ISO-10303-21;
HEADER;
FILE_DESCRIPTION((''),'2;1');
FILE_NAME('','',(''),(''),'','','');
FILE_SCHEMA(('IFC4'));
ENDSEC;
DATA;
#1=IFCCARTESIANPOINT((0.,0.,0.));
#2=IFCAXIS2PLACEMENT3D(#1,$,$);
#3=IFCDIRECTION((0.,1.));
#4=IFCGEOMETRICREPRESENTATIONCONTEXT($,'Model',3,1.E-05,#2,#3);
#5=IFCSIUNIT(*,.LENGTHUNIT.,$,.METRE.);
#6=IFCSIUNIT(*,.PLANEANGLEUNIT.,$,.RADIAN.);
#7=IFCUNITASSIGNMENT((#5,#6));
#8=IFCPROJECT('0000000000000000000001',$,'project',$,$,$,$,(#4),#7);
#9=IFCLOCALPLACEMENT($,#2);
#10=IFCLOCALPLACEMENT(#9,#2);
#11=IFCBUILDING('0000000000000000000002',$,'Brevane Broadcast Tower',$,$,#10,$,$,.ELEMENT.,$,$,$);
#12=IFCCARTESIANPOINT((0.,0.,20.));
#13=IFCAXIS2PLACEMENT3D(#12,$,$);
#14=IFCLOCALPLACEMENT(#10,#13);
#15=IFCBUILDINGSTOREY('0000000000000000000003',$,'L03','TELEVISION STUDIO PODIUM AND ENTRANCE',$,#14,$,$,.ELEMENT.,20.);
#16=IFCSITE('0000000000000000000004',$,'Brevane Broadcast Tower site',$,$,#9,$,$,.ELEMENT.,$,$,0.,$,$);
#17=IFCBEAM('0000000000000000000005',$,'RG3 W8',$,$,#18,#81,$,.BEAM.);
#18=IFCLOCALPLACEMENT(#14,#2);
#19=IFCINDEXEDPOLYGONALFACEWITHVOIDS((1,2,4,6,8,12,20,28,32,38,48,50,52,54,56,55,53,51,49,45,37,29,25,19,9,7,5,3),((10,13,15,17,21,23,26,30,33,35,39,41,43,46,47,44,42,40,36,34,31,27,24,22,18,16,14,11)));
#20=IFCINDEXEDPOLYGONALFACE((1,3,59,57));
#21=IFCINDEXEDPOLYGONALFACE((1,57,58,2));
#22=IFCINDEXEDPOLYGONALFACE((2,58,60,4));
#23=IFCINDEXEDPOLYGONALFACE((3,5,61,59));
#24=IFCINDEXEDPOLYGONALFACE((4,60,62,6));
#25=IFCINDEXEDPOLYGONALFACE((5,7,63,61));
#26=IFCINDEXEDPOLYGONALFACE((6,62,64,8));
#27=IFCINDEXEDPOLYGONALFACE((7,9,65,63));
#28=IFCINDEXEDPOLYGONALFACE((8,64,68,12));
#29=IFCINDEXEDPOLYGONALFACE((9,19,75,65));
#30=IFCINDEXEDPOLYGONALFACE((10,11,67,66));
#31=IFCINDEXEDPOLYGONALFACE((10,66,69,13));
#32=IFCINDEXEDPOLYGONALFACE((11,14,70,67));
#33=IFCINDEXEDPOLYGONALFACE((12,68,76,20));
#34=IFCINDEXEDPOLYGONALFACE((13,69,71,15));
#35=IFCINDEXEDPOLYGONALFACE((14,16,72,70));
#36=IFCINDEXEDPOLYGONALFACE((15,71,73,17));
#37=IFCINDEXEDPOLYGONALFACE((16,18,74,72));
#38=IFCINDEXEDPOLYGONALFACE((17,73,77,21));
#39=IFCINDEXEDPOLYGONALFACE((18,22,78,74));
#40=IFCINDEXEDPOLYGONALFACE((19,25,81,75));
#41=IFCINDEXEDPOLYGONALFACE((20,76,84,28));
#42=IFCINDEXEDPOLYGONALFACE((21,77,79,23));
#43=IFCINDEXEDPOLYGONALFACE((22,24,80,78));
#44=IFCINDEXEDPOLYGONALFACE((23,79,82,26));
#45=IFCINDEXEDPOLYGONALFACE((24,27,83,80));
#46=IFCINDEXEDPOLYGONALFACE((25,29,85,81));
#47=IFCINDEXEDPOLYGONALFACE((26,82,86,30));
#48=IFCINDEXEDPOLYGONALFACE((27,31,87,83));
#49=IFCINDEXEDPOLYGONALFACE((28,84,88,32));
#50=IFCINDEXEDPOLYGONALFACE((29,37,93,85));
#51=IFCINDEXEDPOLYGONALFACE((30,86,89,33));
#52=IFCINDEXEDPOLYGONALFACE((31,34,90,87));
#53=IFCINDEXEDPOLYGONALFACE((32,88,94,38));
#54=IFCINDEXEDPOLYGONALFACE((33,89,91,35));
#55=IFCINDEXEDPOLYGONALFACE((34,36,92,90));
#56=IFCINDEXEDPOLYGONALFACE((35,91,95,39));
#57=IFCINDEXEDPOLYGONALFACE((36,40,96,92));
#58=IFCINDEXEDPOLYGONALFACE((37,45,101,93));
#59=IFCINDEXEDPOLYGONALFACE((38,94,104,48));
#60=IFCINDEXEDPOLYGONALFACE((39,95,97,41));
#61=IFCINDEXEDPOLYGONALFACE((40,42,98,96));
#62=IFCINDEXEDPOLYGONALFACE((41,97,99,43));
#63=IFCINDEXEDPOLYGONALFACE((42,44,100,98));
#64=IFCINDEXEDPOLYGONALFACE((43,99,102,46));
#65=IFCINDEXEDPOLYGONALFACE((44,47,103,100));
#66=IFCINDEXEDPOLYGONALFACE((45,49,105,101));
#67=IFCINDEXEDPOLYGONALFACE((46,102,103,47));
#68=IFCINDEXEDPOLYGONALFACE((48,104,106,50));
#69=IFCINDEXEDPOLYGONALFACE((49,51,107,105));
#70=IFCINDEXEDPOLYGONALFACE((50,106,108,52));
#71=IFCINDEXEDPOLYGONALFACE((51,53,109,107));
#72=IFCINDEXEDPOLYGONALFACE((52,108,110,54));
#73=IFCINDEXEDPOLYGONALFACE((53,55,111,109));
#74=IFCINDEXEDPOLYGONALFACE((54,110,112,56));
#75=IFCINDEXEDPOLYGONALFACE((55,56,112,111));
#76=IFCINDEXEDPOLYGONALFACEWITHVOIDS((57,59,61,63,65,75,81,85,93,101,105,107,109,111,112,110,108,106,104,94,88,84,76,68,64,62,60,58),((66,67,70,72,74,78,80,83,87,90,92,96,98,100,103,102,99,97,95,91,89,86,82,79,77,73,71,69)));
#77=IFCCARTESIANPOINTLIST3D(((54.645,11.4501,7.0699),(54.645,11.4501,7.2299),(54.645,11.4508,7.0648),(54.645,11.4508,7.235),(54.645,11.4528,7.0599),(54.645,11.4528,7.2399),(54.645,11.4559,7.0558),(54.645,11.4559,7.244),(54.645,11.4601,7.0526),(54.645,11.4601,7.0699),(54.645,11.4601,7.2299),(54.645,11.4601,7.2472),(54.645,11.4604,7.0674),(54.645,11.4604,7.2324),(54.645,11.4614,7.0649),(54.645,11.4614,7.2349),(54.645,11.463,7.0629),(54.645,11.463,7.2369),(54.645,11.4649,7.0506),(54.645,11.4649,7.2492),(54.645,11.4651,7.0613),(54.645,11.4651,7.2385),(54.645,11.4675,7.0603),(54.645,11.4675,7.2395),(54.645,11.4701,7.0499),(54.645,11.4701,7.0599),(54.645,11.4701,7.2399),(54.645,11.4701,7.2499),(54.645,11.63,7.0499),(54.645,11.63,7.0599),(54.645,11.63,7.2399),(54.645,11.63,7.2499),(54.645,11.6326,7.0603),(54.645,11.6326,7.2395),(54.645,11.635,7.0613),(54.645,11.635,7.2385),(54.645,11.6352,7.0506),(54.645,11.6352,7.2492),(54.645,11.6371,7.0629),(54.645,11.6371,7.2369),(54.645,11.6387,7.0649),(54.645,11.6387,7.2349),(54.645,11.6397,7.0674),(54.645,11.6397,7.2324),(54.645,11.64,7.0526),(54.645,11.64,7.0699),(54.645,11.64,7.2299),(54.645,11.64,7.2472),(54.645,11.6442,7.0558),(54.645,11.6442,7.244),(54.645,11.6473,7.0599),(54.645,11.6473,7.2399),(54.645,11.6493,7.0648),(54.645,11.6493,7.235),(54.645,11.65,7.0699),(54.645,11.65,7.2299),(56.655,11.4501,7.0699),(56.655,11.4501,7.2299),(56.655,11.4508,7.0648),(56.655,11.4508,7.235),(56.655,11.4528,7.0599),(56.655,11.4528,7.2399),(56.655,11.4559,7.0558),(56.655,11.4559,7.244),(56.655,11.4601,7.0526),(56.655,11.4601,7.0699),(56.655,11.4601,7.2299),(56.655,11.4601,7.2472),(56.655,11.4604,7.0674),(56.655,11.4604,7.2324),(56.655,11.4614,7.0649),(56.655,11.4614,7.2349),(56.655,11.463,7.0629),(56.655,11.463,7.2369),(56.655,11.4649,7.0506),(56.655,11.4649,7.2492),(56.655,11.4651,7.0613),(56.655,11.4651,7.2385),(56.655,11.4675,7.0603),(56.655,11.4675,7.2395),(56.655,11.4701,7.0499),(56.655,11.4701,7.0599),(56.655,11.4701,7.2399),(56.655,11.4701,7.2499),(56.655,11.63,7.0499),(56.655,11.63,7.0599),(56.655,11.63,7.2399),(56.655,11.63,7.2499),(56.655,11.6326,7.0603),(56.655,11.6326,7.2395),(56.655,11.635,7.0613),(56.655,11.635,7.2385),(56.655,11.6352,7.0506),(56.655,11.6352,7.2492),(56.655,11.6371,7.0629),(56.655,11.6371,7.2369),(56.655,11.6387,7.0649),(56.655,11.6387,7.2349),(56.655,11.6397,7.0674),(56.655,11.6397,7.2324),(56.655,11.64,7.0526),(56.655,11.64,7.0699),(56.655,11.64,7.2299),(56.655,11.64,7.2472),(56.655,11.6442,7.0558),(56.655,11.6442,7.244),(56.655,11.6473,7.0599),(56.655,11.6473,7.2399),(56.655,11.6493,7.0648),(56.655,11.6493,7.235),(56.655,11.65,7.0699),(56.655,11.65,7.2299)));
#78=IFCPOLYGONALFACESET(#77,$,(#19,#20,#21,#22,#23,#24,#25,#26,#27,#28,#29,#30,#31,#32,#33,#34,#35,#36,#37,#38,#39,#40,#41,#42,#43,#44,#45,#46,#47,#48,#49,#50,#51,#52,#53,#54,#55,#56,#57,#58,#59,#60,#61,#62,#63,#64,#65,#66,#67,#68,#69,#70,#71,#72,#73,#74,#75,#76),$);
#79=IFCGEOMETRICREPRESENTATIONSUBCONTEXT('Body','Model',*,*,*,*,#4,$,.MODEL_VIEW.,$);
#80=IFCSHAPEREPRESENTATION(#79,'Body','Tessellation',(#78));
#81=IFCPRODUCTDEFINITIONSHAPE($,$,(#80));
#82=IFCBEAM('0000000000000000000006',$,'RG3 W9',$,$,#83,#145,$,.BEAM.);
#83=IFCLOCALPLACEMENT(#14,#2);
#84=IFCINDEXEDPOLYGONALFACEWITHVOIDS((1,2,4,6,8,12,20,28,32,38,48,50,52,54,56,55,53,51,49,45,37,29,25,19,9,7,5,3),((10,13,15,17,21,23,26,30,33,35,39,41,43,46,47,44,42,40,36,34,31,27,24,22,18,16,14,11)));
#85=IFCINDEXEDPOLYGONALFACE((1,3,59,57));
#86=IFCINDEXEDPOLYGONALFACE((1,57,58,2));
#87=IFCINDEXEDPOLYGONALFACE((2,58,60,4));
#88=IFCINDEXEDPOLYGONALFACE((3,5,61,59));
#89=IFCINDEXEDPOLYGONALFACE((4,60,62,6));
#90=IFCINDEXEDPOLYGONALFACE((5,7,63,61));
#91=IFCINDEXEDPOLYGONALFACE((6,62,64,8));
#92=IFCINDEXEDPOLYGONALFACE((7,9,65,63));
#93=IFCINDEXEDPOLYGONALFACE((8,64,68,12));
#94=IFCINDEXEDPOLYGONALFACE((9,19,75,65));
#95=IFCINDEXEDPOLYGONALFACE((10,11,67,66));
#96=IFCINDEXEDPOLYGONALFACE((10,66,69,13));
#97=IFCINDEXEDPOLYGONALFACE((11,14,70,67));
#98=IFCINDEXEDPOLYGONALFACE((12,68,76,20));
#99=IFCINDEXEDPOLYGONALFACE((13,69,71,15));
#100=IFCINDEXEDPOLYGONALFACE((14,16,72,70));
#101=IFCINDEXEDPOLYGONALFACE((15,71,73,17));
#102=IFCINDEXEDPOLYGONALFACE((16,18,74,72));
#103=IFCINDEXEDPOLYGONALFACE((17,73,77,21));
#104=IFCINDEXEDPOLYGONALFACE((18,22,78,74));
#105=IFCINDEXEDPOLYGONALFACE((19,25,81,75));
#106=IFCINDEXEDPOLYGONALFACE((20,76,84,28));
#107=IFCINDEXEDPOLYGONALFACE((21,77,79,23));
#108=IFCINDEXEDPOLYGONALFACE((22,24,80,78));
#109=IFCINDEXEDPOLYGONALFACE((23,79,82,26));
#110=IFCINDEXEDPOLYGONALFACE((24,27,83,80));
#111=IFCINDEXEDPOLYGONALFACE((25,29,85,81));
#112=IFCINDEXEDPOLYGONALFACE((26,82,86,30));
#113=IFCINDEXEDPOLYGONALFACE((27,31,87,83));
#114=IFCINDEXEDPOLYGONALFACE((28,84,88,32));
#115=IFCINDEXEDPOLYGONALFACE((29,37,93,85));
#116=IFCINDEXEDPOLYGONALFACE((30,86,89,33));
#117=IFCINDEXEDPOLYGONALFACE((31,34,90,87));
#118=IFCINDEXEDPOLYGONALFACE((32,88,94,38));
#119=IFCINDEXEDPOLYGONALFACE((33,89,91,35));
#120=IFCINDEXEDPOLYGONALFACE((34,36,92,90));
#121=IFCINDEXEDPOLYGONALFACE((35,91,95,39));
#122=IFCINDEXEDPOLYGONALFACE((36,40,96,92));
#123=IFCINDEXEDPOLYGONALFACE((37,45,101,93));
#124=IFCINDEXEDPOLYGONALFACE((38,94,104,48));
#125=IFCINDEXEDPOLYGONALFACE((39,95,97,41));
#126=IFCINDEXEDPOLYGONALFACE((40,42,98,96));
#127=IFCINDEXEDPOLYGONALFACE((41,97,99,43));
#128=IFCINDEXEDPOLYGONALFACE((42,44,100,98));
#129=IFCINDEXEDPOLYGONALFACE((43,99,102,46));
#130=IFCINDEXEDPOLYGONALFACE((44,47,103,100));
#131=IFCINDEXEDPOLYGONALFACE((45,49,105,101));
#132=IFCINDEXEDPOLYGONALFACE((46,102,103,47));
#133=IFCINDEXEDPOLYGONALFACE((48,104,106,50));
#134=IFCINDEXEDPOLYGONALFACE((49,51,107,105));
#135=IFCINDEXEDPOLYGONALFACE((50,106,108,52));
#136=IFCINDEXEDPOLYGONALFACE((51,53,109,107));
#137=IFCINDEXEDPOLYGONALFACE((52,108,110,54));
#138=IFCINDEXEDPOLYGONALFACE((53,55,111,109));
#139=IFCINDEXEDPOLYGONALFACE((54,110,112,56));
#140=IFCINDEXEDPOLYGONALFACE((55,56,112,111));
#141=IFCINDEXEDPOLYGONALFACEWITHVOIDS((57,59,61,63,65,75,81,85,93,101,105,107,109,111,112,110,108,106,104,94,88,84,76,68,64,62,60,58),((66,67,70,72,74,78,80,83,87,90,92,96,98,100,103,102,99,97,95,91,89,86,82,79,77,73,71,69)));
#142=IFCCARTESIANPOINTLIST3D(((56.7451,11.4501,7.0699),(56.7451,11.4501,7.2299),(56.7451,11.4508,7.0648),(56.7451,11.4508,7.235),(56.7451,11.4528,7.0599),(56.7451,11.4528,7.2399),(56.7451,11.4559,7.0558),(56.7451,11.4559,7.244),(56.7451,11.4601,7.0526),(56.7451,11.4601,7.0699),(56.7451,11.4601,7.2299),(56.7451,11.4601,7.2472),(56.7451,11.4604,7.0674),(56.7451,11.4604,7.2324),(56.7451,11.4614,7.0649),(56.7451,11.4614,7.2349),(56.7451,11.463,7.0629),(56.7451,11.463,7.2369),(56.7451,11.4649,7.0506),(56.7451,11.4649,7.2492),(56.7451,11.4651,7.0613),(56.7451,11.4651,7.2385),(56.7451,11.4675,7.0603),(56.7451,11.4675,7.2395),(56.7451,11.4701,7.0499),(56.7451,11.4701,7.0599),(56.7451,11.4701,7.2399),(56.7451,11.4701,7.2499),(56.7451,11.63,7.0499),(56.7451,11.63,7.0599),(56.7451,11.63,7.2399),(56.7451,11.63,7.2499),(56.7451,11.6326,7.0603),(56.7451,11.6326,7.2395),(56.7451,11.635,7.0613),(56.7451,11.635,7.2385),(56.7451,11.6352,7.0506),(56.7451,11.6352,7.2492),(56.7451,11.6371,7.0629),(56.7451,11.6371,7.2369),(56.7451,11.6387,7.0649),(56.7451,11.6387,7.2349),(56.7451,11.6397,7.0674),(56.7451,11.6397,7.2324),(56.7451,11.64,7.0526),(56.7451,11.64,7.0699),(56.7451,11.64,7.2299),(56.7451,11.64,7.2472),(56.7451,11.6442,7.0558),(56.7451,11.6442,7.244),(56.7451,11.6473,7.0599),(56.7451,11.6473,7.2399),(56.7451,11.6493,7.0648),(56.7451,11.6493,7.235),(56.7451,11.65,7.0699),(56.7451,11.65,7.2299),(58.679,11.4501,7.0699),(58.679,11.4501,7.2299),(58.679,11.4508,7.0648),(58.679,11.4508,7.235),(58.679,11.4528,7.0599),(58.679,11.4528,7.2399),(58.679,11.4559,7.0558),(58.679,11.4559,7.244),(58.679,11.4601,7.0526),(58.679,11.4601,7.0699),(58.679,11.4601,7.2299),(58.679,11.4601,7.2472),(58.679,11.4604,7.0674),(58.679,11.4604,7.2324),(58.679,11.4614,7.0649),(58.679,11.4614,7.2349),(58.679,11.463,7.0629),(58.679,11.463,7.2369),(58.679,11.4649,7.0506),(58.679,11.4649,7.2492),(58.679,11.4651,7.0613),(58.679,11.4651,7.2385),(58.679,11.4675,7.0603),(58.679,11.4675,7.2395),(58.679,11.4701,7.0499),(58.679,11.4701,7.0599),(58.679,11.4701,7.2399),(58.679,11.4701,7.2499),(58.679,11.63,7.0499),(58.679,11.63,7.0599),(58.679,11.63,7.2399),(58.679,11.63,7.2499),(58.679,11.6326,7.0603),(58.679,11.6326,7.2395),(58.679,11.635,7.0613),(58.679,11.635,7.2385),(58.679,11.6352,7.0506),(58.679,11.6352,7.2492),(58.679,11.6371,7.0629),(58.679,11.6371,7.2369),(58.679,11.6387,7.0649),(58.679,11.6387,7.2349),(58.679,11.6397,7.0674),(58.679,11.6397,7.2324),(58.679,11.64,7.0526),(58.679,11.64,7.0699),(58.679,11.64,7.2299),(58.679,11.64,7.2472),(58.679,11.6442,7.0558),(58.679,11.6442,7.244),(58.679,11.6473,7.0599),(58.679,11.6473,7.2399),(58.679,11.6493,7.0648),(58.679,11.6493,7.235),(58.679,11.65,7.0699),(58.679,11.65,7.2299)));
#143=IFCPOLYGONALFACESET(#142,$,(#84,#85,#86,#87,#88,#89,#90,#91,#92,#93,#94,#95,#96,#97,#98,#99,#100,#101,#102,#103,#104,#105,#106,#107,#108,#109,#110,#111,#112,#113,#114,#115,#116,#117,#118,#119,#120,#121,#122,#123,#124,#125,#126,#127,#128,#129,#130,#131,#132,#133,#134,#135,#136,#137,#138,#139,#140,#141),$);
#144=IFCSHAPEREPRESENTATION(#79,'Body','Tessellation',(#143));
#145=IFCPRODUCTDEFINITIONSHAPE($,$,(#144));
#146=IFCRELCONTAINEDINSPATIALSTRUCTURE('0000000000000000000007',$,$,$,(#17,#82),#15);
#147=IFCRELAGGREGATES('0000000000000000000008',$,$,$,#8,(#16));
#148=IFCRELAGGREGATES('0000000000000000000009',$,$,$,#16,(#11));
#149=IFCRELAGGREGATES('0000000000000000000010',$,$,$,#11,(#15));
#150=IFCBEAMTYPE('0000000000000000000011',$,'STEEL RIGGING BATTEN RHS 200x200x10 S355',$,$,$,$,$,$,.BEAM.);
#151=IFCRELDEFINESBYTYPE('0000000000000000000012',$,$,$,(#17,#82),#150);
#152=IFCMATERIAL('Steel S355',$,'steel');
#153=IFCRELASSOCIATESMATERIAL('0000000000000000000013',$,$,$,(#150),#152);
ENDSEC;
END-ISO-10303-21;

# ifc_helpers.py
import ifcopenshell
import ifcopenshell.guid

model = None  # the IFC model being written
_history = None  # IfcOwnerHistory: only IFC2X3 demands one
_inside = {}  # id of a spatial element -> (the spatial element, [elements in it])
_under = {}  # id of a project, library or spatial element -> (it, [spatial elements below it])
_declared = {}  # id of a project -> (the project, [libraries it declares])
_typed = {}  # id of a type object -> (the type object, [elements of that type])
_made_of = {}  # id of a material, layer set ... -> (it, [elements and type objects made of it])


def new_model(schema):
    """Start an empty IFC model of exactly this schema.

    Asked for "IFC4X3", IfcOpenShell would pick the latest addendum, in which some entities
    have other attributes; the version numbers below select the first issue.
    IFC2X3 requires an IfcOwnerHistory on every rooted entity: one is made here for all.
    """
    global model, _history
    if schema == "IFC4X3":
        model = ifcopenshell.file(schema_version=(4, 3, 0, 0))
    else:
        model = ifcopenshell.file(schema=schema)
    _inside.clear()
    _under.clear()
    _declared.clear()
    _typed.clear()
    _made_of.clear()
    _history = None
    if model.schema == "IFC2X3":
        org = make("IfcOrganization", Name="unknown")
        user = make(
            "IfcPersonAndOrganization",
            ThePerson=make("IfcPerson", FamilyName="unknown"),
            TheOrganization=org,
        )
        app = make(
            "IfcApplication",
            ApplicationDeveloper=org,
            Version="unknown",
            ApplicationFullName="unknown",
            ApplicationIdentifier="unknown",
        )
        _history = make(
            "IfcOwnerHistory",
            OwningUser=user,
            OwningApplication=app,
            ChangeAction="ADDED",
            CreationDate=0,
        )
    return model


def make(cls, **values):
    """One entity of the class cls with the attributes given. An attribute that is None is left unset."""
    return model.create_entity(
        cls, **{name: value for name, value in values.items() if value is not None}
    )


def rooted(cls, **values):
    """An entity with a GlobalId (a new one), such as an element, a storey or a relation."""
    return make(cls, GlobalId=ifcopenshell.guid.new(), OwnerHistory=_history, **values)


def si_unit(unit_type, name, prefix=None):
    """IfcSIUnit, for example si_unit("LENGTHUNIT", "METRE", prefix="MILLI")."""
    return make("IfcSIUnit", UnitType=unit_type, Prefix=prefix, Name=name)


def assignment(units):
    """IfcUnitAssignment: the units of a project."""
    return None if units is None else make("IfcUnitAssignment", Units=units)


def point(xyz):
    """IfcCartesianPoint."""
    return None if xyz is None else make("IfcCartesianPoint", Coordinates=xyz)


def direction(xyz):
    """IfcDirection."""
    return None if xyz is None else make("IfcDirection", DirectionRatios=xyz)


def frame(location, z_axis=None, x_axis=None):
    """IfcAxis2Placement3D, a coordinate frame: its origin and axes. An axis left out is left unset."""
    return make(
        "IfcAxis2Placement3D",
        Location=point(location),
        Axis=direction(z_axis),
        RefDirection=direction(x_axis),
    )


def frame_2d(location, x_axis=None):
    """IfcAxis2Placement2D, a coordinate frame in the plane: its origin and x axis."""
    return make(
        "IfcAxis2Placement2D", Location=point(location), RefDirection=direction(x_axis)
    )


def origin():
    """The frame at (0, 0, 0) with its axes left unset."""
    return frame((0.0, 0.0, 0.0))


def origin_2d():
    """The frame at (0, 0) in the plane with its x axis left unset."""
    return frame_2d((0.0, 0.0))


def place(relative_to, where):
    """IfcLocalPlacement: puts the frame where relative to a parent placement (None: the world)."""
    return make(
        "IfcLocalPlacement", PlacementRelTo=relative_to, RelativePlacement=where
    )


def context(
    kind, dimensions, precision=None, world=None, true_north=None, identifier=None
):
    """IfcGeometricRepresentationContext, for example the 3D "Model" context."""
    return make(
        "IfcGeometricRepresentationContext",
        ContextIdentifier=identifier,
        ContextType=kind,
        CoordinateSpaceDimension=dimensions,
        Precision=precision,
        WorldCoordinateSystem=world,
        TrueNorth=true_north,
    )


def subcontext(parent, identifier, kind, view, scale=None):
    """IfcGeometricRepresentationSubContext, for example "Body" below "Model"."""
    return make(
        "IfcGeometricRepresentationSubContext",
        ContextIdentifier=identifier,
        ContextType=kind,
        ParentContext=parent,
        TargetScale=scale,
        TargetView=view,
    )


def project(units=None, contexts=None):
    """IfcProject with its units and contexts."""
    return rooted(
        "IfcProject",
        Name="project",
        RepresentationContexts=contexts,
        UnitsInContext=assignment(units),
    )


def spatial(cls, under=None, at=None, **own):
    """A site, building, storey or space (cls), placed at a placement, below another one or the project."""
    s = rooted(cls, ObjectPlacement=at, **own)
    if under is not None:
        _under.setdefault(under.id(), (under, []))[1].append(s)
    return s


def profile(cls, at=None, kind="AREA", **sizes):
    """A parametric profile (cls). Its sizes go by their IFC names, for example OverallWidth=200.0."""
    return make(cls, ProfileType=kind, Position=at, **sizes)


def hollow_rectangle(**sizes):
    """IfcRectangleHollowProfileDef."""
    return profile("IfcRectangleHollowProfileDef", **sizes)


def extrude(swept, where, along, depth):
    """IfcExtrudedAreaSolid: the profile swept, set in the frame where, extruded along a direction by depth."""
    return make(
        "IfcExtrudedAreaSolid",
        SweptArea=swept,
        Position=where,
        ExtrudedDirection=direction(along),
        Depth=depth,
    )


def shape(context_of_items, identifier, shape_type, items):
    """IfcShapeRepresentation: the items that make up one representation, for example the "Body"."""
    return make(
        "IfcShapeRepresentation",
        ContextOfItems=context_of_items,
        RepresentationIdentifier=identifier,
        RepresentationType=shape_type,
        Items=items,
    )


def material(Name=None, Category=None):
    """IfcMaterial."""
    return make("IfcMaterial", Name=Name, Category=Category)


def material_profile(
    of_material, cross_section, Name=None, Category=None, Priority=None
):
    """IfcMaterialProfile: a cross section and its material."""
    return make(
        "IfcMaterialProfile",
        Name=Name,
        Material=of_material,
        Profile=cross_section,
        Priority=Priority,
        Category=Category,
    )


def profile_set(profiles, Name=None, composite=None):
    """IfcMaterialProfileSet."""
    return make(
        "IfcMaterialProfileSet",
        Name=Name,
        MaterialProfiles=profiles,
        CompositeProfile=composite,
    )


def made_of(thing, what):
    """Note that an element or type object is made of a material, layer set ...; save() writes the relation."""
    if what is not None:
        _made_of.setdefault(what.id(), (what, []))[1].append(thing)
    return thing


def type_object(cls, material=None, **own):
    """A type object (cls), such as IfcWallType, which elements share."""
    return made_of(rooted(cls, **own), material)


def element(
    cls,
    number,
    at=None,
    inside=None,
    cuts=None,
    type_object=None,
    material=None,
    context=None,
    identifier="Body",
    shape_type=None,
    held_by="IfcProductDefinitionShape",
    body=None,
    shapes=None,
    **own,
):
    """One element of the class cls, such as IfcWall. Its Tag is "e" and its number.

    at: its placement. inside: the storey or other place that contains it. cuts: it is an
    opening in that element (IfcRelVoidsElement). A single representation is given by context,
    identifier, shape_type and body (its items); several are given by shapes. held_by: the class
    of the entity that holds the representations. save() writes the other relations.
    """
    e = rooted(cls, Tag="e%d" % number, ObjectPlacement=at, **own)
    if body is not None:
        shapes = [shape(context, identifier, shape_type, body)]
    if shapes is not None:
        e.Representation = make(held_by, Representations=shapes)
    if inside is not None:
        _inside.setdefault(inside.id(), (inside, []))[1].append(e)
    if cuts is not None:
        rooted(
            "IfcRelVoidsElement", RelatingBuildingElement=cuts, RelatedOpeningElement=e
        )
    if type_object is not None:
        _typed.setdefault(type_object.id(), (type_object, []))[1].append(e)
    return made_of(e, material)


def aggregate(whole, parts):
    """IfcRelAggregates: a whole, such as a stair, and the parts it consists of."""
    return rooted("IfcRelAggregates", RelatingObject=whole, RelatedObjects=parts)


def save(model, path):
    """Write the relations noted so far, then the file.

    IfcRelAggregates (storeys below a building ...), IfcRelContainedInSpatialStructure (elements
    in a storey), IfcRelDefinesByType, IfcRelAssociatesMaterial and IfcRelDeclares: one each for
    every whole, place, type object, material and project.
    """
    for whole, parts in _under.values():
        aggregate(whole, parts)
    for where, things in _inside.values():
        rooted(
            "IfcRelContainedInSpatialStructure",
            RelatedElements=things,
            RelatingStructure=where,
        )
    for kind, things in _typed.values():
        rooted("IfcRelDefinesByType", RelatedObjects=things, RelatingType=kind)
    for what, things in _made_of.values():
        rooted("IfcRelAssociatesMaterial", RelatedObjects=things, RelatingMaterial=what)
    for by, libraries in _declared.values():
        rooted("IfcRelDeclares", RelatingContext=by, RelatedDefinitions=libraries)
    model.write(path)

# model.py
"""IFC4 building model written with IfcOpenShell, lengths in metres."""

from ifc_helpers import new_model, si_unit, direction, frame, origin, origin_2d, place, context, subcontext, project, spatial, hollow_rectangle, extrude, material, material_profile, profile_set, type_object, element, save


model = new_model("IFC4")

# Units and contexts
model_context = context("Model", 3, precision=1e-05, world=origin(), true_north=direction((0.0, 1.0)))
body_context = subcontext(model_context, "Body", "Model", "MODEL_VIEW")
ifc_project = project(units=[si_unit("LENGTHUNIT", "METRE"), si_unit("PLANEANGLEUNIT", "RADIAN")], contexts=[model_context])

# Site, building, storey
site_placement = place(None, origin())
site = spatial("IfcSite", under=ifc_project, at=site_placement, Name="Brevane Broadcast Tower site", CompositionType="ELEMENT", RefElevation=0.0)
building_placement = place(site_placement, origin())
building = spatial("IfcBuilding", under=site, at=building_placement, Name="Brevane Broadcast Tower", CompositionType="ELEMENT")
storey_placement = place(building_placement, frame((0.0, 0.0, 20.0)))
storey = spatial("IfcBuildingStorey", under=building, at=storey_placement, Name="L03", Description="TELEVISION STUDIO PODIUM AND ENTRANCE", CompositionType="ELEMENT", Elevation=20.0)

# Beams
ifc_material_1 = material(Name="Steel S355", Category="steel")
ifc_material_profile_1 = material_profile(ifc_material_1, hollow_rectangle(XDim=0.2, YDim=0.2, WallThickness=0.01, InnerFilletRadius=0.01, OuterFilletRadius=0.02, at=origin_2d()), Name="RHS 200x200x10")
ifc_profile_set_1 = profile_set([ifc_material_profile_1], Name="Steel S355")
beam_type_1 = type_object("IfcBeamType", Name="STEEL RIGGING BATTEN RHS 200x200x10 S355", PredefinedType="BEAM", material=ifc_profile_set_1)
beam_1_placement = place(storey_placement, frame((54.645, 11.55, 7.1499), z_axis=(1.0, 0.0, 0.0), x_axis=(0.0, 1.0, 0.0)))
element("IfcBeam", 1, at=beam_1_placement, inside=storey, type_object=beam_type_1, Name="RG3 W8", PredefinedType="BEAM", context=body_context, shape_type="SweptSolid", body=[
    extrude(hollow_rectangle(XDim=0.2, YDim=0.2, WallThickness=0.01, InnerFilletRadius=0.01, OuterFilletRadius=0.02, at=origin_2d()), origin(), (0.0, 0.0, 1.0), 2.01),
])
beam_2_placement = place(storey_placement, frame((56.7451, 11.55, 7.1499), z_axis=(1.0, 0.0, 0.0), x_axis=(0.0, 1.0, 0.0)))
element("IfcBeam", 2, at=beam_2_placement, inside=storey, type_object=beam_type_1, Name="RG3 W9", PredefinedType="BEAM", context=body_context, shape_type="SweptSolid", body=[
    extrude(hollow_rectangle(XDim=0.2, YDim=0.2, WallThickness=0.01, InnerFilletRadius=0.01, OuterFilletRadius=0.02, at=origin_2d()), origin(), (0.0, 0.0, 1.0), 1.9338),
])

save(model, "model.ifc")
